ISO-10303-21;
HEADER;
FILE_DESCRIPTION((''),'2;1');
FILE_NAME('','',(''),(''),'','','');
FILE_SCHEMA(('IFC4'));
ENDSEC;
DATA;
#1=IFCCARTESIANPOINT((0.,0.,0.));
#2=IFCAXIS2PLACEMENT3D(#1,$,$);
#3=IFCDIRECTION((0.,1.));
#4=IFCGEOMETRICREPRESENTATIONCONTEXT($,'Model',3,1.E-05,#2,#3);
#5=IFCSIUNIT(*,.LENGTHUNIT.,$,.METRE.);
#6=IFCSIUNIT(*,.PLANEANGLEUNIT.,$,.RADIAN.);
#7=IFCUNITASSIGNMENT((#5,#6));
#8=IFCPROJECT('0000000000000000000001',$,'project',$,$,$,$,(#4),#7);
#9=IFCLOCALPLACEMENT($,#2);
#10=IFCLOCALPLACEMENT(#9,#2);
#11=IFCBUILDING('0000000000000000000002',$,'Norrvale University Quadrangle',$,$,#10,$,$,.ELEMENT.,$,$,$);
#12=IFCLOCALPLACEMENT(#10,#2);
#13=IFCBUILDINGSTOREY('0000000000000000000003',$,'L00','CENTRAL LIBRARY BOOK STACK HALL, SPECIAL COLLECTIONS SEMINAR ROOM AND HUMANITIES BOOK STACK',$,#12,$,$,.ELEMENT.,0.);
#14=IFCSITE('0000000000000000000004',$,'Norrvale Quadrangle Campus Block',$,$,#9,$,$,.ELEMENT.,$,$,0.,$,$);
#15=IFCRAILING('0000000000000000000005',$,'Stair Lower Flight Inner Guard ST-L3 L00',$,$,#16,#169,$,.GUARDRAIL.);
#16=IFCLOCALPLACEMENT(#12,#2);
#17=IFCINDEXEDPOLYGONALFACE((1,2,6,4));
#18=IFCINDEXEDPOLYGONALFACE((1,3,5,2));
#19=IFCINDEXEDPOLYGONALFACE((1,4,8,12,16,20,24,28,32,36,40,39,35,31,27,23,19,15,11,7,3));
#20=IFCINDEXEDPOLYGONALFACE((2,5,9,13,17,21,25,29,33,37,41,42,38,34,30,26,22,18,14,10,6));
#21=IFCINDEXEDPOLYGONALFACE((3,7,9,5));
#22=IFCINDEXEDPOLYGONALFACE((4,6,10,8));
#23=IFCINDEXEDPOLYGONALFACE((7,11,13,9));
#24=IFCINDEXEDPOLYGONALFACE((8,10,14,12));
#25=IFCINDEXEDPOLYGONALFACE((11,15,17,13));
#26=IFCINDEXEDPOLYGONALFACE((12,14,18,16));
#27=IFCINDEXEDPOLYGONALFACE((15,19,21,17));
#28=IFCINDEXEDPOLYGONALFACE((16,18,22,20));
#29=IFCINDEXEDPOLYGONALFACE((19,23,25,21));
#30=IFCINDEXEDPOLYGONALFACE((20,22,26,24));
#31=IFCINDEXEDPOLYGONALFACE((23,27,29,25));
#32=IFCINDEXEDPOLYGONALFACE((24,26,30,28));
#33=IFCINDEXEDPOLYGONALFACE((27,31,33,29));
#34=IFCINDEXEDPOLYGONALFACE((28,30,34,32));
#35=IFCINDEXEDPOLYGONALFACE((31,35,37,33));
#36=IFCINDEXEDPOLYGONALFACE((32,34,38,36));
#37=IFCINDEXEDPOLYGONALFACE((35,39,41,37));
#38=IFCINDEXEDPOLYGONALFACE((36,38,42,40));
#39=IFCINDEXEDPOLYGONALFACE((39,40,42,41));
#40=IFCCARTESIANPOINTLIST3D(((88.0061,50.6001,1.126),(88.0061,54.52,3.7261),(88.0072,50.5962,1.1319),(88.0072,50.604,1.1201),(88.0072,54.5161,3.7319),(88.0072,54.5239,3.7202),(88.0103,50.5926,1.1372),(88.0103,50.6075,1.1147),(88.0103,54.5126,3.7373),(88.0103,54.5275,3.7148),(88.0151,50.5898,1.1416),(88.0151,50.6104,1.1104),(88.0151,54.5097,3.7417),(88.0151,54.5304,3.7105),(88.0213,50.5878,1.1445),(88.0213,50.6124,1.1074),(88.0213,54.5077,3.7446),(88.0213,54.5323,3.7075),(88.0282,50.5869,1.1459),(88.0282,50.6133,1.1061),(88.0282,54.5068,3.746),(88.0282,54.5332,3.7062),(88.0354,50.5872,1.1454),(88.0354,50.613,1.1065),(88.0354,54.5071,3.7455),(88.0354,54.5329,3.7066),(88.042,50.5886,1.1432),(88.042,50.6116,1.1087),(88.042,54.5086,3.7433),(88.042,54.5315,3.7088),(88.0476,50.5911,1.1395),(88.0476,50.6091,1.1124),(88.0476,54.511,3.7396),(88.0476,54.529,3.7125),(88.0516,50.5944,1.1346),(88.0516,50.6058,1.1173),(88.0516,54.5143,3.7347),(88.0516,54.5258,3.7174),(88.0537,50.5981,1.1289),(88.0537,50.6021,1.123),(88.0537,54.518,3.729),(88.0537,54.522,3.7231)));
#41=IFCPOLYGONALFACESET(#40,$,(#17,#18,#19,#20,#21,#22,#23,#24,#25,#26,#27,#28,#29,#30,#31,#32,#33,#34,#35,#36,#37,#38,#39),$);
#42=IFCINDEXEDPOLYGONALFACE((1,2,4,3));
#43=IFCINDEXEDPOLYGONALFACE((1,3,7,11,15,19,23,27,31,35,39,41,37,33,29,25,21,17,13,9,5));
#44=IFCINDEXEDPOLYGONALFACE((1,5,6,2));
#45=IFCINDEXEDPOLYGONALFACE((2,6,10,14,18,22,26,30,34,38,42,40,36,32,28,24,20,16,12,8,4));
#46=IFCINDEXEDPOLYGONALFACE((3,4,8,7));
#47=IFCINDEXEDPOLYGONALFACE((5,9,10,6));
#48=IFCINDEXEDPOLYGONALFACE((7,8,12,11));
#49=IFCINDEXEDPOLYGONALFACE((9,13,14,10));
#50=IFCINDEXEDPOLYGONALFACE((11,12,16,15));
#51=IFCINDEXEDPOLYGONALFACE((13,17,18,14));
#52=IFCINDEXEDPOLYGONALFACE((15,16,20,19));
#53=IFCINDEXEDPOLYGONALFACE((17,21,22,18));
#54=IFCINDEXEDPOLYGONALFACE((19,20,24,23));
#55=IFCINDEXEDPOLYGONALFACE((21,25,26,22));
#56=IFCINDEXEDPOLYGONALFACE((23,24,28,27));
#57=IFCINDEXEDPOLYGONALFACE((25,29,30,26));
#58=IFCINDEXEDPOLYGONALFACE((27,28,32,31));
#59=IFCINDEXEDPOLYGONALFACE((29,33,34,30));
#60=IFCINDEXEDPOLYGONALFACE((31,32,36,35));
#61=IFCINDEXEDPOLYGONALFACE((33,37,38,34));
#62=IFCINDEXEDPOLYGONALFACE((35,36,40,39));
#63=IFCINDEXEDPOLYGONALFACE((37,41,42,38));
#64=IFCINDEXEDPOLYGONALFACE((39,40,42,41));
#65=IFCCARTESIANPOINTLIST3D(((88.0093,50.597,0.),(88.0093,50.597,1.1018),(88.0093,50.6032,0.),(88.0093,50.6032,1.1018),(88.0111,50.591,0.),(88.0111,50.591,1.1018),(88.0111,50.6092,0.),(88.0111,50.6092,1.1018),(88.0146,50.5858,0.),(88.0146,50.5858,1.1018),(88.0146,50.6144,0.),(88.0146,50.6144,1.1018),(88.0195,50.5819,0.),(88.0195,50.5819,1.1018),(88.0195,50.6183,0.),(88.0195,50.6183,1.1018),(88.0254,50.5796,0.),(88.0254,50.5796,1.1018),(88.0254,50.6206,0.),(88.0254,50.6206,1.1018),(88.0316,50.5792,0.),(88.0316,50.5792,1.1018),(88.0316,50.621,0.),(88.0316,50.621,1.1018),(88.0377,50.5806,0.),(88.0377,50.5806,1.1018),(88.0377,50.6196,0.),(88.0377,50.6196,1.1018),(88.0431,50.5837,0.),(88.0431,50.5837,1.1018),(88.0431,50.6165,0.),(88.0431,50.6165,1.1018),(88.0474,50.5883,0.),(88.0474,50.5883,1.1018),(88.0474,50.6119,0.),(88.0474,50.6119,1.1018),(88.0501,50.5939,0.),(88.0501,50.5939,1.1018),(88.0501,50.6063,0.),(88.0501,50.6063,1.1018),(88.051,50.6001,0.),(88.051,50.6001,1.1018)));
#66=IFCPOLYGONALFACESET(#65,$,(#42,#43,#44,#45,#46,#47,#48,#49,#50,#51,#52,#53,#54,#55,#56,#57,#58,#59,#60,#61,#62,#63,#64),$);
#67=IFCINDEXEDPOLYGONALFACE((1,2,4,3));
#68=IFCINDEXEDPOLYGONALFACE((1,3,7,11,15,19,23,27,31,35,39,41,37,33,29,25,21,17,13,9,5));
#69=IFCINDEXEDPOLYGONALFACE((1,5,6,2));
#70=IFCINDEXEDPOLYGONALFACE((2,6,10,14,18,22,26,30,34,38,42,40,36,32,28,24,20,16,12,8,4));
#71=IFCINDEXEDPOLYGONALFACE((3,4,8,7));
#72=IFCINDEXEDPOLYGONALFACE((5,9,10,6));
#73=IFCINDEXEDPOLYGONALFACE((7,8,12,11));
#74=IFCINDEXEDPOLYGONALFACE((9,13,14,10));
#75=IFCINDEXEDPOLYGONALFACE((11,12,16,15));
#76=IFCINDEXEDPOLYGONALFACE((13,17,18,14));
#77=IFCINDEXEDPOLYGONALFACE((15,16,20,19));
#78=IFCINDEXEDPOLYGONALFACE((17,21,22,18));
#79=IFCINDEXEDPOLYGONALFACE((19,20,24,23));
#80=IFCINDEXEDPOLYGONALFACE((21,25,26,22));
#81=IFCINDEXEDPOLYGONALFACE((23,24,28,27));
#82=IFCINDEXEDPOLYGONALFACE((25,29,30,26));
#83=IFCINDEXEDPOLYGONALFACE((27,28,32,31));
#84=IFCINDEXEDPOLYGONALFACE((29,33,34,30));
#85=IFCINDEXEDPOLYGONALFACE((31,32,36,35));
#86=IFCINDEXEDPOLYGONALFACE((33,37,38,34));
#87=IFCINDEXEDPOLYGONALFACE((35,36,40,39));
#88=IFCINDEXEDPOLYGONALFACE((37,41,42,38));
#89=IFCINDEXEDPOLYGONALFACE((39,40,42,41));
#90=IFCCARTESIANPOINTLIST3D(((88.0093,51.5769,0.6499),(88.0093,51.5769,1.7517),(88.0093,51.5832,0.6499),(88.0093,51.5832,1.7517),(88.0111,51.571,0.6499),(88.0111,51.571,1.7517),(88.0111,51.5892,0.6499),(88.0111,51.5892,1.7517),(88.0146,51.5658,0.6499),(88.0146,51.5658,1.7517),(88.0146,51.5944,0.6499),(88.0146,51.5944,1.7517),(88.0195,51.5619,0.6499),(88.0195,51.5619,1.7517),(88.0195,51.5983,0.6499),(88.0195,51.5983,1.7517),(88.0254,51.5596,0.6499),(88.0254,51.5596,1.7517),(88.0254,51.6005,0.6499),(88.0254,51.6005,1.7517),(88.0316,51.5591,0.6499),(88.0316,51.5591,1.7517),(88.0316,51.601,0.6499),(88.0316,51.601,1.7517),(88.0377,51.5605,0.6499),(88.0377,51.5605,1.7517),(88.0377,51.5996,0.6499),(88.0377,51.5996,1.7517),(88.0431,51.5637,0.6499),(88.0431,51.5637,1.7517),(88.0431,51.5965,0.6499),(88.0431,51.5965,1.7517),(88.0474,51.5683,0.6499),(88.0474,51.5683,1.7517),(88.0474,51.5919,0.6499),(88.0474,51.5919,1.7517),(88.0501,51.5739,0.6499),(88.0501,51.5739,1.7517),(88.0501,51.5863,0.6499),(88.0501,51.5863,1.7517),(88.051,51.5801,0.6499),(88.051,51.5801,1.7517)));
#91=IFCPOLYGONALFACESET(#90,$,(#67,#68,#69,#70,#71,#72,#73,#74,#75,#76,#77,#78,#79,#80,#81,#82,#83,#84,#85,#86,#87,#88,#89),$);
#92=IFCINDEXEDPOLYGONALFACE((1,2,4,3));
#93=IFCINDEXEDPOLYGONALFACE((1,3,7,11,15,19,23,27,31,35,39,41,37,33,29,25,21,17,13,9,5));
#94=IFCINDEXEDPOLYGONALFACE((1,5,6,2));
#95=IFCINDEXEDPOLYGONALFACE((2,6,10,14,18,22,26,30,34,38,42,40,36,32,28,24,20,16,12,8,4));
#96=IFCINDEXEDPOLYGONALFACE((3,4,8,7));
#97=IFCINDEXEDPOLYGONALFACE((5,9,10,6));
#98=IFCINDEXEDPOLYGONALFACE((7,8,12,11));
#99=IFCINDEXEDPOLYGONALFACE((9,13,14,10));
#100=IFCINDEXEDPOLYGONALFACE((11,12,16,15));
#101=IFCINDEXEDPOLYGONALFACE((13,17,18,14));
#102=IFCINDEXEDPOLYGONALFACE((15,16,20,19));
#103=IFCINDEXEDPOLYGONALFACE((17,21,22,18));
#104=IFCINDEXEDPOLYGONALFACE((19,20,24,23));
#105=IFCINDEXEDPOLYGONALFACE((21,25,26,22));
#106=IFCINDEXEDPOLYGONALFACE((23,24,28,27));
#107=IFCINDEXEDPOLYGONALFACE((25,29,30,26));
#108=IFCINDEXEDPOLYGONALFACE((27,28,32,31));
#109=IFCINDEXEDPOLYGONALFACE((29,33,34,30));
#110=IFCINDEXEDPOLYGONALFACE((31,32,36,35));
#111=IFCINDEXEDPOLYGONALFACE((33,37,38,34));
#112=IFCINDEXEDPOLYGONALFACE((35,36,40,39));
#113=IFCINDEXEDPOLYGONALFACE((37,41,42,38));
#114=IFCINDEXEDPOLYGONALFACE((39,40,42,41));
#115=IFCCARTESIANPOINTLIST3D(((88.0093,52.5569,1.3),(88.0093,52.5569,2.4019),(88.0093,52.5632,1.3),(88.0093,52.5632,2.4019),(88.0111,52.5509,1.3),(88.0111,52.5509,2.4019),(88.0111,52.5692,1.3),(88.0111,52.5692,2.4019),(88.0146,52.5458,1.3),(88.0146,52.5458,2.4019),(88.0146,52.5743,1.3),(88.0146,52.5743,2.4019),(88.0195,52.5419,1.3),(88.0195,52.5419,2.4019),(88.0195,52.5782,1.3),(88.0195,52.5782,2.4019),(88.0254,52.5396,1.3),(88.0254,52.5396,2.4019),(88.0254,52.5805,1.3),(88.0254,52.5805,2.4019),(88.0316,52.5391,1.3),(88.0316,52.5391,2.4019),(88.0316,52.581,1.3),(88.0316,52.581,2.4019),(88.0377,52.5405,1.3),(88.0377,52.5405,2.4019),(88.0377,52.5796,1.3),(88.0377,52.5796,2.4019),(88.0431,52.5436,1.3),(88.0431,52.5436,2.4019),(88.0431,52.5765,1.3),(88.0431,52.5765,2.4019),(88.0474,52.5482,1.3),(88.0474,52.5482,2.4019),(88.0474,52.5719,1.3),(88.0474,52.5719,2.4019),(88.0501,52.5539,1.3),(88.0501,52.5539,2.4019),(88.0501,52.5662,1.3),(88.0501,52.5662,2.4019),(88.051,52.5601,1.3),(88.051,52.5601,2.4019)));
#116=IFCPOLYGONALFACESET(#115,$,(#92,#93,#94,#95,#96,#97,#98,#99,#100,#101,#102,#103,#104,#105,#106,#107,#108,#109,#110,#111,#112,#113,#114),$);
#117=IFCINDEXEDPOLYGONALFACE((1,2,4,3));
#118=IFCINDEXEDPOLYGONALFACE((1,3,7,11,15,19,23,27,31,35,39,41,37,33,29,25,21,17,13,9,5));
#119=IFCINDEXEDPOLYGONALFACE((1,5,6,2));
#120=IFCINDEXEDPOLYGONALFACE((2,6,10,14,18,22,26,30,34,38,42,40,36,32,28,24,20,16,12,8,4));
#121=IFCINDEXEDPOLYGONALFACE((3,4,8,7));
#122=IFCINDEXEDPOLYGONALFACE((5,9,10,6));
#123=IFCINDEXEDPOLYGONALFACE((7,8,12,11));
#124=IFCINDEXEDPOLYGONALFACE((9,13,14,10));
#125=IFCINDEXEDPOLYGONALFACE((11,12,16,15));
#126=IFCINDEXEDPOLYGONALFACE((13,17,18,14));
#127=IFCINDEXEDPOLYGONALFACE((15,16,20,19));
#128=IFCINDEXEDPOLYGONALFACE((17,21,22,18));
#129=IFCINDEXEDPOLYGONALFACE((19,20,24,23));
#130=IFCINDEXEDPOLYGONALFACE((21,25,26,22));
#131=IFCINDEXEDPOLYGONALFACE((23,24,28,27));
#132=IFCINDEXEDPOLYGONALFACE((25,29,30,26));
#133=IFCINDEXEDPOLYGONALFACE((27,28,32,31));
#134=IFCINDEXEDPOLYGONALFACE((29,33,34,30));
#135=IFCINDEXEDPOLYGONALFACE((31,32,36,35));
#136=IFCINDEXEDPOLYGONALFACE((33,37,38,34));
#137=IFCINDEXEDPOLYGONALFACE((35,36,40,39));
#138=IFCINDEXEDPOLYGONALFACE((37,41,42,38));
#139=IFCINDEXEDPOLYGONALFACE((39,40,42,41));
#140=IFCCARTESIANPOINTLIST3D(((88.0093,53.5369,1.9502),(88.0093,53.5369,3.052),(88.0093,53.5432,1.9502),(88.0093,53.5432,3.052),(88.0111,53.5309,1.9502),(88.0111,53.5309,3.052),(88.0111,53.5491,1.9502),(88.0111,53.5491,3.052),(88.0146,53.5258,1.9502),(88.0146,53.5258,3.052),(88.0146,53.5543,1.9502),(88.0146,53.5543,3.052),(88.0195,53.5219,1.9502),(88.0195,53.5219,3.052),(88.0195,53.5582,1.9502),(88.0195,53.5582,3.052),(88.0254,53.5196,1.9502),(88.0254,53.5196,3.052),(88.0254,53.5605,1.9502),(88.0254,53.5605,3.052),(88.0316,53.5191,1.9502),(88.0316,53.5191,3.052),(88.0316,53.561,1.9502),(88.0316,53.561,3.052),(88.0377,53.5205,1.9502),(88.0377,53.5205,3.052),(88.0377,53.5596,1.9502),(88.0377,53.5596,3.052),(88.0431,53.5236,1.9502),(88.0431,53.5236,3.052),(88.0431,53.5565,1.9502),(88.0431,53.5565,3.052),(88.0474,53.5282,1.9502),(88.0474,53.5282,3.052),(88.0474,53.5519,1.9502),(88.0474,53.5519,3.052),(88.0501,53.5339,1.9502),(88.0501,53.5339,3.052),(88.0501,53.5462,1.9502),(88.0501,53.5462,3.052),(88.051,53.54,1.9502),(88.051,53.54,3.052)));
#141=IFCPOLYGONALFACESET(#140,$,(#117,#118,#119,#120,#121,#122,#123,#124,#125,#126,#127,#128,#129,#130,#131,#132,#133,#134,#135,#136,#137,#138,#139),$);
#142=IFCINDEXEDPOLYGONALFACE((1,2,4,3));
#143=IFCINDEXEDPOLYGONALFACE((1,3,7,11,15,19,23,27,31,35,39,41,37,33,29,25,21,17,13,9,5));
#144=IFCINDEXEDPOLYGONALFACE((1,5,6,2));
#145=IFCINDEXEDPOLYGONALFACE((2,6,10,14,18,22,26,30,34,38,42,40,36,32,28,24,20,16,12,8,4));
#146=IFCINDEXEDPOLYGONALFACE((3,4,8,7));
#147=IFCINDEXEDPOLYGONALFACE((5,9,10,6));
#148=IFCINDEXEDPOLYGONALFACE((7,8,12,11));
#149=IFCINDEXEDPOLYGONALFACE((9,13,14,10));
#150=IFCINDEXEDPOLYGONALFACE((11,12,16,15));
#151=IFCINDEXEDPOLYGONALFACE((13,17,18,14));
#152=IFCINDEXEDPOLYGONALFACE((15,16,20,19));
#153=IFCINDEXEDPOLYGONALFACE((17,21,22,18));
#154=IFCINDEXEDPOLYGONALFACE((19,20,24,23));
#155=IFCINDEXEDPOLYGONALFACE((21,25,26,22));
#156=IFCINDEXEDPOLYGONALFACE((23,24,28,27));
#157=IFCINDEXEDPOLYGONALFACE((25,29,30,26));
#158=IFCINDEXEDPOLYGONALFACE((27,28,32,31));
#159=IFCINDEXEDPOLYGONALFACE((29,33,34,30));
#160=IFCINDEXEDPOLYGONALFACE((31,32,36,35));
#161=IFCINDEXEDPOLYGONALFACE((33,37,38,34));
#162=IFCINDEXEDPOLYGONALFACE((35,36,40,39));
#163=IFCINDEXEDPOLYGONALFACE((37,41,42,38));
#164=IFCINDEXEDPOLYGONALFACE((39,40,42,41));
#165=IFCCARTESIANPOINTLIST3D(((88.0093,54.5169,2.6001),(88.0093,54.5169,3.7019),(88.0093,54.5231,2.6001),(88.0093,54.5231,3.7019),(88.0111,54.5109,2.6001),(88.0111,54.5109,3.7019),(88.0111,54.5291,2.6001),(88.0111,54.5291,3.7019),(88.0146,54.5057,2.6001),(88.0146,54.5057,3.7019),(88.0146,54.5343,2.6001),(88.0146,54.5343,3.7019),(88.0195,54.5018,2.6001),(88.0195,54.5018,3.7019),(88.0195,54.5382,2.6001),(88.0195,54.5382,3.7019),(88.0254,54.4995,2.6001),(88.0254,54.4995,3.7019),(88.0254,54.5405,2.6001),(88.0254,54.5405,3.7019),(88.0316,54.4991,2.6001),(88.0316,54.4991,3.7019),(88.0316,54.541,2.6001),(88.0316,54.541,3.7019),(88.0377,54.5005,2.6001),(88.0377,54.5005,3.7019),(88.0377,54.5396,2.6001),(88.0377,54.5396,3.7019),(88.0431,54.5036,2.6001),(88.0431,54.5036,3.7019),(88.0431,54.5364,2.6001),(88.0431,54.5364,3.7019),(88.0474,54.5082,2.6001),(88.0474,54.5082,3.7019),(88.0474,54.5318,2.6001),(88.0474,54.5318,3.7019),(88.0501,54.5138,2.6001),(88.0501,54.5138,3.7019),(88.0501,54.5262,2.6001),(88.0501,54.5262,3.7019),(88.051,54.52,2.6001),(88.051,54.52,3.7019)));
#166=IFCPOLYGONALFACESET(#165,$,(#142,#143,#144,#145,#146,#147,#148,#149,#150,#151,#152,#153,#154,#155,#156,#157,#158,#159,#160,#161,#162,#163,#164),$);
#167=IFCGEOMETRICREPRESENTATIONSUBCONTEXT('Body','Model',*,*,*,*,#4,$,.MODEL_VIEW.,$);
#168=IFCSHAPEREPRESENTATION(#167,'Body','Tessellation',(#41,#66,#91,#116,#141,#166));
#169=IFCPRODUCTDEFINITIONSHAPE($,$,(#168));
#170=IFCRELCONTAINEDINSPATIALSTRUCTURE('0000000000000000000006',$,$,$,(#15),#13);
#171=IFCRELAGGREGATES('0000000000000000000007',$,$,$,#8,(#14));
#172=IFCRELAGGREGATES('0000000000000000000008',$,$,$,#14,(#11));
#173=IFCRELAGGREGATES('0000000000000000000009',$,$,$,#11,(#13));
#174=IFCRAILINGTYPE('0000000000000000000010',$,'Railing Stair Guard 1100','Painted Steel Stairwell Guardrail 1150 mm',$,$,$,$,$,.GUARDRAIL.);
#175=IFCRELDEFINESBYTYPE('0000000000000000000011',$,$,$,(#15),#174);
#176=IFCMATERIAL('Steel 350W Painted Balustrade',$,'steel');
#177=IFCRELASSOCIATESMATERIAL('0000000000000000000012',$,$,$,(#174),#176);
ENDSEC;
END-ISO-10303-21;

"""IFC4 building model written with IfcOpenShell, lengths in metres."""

from ifc_helpers import new_model, si_unit, direction, frame, origin, origin_2d, place, context, subcontext, project, spatial, circle, extrude, material, type_object, element, save


model = new_model("IFC4")

# Units and contexts
model_context = context("Model", 3, precision=1e-05, world=origin(), true_north=direction((0.0, 1.0)))
body_context = subcontext(model_context, "Body", "Model", "MODEL_VIEW")
ifc_project = project(units=[si_unit("LENGTHUNIT", "METRE"), si_unit("PLANEANGLEUNIT", "RADIAN")], contexts=[model_context])

# Site, building, storey
site_placement = place(None, origin())
site = spatial("IfcSite", under=ifc_project, at=site_placement, Name="Norrvale Quadrangle Campus Block", CompositionType="ELEMENT", RefElevation=0.0)
building_placement = place(site_placement, origin())
building = spatial("IfcBuilding", under=site, at=building_placement, Name="Norrvale University Quadrangle", CompositionType="ELEMENT")
storey_placement = place(building_placement, origin())
storey = spatial("IfcBuildingStorey", under=building, at=storey_placement, Name="L00", Description="CENTRAL LIBRARY BOOK STACK HALL, SPECIAL COLLECTIONS SEMINAR ROOM AND HUMANITIES BOOK STACK", CompositionType="ELEMENT", Elevation=0.0)

# Railing
ifc_material_1 = material(Name="Steel 350W Painted Balustrade", Category="steel")
railing_type_1 = type_object("IfcRailingType", Name="Railing Stair Guard 1100", Description="Painted Steel Stairwell Guardrail 1150 mm", PredefinedType="GUARDRAIL", material=ifc_material_1)
railing_1_placement = place(storey_placement, frame((88.03, 50.6001, 0.0)))
element("IfcRailing", 1, at=railing_1_placement, inside=storey, type_object=railing_type_1, Name="Stair Lower Flight Inner Guard ST-L3 L00", PredefinedType="GUARDRAIL", context=body_context, shape_type="SweptSolid", body=[
    extrude(circle(Radius=0.0239, at=origin_2d()), frame((0.0, 0.0, 1.126), z_axis=(0.0, 0.833342, 0.552758), x_axis=(-1.0, 0.0, 0.0)), (0.0, 0.0, 1.0), 4.7039),
    extrude(circle(Radius=0.021, at=origin_2d()), origin(), (0.0, 0.0, 1.0), 1.1018),
    extrude(circle(Radius=0.021, at=origin_2d()), frame((0.0, 0.98, 0.6499)), (0.0, 0.0, 1.0), 1.1018),
    extrude(circle(Radius=0.021, at=origin_2d()), frame((0.0, 1.96, 1.3)), (0.0, 0.0, 1.0), 1.1018),
    extrude(circle(Radius=0.021, at=origin_2d()), frame((0.0, 2.9399, 1.9502)), (0.0, 0.0, 1.0), 1.1018),
    extrude(circle(Radius=0.021, at=origin_2d()), frame((0.0, 3.9199, 2.6001)), (0.0, 0.0, 1.0), 1.1018),
])

save(model, "model.ifc")
